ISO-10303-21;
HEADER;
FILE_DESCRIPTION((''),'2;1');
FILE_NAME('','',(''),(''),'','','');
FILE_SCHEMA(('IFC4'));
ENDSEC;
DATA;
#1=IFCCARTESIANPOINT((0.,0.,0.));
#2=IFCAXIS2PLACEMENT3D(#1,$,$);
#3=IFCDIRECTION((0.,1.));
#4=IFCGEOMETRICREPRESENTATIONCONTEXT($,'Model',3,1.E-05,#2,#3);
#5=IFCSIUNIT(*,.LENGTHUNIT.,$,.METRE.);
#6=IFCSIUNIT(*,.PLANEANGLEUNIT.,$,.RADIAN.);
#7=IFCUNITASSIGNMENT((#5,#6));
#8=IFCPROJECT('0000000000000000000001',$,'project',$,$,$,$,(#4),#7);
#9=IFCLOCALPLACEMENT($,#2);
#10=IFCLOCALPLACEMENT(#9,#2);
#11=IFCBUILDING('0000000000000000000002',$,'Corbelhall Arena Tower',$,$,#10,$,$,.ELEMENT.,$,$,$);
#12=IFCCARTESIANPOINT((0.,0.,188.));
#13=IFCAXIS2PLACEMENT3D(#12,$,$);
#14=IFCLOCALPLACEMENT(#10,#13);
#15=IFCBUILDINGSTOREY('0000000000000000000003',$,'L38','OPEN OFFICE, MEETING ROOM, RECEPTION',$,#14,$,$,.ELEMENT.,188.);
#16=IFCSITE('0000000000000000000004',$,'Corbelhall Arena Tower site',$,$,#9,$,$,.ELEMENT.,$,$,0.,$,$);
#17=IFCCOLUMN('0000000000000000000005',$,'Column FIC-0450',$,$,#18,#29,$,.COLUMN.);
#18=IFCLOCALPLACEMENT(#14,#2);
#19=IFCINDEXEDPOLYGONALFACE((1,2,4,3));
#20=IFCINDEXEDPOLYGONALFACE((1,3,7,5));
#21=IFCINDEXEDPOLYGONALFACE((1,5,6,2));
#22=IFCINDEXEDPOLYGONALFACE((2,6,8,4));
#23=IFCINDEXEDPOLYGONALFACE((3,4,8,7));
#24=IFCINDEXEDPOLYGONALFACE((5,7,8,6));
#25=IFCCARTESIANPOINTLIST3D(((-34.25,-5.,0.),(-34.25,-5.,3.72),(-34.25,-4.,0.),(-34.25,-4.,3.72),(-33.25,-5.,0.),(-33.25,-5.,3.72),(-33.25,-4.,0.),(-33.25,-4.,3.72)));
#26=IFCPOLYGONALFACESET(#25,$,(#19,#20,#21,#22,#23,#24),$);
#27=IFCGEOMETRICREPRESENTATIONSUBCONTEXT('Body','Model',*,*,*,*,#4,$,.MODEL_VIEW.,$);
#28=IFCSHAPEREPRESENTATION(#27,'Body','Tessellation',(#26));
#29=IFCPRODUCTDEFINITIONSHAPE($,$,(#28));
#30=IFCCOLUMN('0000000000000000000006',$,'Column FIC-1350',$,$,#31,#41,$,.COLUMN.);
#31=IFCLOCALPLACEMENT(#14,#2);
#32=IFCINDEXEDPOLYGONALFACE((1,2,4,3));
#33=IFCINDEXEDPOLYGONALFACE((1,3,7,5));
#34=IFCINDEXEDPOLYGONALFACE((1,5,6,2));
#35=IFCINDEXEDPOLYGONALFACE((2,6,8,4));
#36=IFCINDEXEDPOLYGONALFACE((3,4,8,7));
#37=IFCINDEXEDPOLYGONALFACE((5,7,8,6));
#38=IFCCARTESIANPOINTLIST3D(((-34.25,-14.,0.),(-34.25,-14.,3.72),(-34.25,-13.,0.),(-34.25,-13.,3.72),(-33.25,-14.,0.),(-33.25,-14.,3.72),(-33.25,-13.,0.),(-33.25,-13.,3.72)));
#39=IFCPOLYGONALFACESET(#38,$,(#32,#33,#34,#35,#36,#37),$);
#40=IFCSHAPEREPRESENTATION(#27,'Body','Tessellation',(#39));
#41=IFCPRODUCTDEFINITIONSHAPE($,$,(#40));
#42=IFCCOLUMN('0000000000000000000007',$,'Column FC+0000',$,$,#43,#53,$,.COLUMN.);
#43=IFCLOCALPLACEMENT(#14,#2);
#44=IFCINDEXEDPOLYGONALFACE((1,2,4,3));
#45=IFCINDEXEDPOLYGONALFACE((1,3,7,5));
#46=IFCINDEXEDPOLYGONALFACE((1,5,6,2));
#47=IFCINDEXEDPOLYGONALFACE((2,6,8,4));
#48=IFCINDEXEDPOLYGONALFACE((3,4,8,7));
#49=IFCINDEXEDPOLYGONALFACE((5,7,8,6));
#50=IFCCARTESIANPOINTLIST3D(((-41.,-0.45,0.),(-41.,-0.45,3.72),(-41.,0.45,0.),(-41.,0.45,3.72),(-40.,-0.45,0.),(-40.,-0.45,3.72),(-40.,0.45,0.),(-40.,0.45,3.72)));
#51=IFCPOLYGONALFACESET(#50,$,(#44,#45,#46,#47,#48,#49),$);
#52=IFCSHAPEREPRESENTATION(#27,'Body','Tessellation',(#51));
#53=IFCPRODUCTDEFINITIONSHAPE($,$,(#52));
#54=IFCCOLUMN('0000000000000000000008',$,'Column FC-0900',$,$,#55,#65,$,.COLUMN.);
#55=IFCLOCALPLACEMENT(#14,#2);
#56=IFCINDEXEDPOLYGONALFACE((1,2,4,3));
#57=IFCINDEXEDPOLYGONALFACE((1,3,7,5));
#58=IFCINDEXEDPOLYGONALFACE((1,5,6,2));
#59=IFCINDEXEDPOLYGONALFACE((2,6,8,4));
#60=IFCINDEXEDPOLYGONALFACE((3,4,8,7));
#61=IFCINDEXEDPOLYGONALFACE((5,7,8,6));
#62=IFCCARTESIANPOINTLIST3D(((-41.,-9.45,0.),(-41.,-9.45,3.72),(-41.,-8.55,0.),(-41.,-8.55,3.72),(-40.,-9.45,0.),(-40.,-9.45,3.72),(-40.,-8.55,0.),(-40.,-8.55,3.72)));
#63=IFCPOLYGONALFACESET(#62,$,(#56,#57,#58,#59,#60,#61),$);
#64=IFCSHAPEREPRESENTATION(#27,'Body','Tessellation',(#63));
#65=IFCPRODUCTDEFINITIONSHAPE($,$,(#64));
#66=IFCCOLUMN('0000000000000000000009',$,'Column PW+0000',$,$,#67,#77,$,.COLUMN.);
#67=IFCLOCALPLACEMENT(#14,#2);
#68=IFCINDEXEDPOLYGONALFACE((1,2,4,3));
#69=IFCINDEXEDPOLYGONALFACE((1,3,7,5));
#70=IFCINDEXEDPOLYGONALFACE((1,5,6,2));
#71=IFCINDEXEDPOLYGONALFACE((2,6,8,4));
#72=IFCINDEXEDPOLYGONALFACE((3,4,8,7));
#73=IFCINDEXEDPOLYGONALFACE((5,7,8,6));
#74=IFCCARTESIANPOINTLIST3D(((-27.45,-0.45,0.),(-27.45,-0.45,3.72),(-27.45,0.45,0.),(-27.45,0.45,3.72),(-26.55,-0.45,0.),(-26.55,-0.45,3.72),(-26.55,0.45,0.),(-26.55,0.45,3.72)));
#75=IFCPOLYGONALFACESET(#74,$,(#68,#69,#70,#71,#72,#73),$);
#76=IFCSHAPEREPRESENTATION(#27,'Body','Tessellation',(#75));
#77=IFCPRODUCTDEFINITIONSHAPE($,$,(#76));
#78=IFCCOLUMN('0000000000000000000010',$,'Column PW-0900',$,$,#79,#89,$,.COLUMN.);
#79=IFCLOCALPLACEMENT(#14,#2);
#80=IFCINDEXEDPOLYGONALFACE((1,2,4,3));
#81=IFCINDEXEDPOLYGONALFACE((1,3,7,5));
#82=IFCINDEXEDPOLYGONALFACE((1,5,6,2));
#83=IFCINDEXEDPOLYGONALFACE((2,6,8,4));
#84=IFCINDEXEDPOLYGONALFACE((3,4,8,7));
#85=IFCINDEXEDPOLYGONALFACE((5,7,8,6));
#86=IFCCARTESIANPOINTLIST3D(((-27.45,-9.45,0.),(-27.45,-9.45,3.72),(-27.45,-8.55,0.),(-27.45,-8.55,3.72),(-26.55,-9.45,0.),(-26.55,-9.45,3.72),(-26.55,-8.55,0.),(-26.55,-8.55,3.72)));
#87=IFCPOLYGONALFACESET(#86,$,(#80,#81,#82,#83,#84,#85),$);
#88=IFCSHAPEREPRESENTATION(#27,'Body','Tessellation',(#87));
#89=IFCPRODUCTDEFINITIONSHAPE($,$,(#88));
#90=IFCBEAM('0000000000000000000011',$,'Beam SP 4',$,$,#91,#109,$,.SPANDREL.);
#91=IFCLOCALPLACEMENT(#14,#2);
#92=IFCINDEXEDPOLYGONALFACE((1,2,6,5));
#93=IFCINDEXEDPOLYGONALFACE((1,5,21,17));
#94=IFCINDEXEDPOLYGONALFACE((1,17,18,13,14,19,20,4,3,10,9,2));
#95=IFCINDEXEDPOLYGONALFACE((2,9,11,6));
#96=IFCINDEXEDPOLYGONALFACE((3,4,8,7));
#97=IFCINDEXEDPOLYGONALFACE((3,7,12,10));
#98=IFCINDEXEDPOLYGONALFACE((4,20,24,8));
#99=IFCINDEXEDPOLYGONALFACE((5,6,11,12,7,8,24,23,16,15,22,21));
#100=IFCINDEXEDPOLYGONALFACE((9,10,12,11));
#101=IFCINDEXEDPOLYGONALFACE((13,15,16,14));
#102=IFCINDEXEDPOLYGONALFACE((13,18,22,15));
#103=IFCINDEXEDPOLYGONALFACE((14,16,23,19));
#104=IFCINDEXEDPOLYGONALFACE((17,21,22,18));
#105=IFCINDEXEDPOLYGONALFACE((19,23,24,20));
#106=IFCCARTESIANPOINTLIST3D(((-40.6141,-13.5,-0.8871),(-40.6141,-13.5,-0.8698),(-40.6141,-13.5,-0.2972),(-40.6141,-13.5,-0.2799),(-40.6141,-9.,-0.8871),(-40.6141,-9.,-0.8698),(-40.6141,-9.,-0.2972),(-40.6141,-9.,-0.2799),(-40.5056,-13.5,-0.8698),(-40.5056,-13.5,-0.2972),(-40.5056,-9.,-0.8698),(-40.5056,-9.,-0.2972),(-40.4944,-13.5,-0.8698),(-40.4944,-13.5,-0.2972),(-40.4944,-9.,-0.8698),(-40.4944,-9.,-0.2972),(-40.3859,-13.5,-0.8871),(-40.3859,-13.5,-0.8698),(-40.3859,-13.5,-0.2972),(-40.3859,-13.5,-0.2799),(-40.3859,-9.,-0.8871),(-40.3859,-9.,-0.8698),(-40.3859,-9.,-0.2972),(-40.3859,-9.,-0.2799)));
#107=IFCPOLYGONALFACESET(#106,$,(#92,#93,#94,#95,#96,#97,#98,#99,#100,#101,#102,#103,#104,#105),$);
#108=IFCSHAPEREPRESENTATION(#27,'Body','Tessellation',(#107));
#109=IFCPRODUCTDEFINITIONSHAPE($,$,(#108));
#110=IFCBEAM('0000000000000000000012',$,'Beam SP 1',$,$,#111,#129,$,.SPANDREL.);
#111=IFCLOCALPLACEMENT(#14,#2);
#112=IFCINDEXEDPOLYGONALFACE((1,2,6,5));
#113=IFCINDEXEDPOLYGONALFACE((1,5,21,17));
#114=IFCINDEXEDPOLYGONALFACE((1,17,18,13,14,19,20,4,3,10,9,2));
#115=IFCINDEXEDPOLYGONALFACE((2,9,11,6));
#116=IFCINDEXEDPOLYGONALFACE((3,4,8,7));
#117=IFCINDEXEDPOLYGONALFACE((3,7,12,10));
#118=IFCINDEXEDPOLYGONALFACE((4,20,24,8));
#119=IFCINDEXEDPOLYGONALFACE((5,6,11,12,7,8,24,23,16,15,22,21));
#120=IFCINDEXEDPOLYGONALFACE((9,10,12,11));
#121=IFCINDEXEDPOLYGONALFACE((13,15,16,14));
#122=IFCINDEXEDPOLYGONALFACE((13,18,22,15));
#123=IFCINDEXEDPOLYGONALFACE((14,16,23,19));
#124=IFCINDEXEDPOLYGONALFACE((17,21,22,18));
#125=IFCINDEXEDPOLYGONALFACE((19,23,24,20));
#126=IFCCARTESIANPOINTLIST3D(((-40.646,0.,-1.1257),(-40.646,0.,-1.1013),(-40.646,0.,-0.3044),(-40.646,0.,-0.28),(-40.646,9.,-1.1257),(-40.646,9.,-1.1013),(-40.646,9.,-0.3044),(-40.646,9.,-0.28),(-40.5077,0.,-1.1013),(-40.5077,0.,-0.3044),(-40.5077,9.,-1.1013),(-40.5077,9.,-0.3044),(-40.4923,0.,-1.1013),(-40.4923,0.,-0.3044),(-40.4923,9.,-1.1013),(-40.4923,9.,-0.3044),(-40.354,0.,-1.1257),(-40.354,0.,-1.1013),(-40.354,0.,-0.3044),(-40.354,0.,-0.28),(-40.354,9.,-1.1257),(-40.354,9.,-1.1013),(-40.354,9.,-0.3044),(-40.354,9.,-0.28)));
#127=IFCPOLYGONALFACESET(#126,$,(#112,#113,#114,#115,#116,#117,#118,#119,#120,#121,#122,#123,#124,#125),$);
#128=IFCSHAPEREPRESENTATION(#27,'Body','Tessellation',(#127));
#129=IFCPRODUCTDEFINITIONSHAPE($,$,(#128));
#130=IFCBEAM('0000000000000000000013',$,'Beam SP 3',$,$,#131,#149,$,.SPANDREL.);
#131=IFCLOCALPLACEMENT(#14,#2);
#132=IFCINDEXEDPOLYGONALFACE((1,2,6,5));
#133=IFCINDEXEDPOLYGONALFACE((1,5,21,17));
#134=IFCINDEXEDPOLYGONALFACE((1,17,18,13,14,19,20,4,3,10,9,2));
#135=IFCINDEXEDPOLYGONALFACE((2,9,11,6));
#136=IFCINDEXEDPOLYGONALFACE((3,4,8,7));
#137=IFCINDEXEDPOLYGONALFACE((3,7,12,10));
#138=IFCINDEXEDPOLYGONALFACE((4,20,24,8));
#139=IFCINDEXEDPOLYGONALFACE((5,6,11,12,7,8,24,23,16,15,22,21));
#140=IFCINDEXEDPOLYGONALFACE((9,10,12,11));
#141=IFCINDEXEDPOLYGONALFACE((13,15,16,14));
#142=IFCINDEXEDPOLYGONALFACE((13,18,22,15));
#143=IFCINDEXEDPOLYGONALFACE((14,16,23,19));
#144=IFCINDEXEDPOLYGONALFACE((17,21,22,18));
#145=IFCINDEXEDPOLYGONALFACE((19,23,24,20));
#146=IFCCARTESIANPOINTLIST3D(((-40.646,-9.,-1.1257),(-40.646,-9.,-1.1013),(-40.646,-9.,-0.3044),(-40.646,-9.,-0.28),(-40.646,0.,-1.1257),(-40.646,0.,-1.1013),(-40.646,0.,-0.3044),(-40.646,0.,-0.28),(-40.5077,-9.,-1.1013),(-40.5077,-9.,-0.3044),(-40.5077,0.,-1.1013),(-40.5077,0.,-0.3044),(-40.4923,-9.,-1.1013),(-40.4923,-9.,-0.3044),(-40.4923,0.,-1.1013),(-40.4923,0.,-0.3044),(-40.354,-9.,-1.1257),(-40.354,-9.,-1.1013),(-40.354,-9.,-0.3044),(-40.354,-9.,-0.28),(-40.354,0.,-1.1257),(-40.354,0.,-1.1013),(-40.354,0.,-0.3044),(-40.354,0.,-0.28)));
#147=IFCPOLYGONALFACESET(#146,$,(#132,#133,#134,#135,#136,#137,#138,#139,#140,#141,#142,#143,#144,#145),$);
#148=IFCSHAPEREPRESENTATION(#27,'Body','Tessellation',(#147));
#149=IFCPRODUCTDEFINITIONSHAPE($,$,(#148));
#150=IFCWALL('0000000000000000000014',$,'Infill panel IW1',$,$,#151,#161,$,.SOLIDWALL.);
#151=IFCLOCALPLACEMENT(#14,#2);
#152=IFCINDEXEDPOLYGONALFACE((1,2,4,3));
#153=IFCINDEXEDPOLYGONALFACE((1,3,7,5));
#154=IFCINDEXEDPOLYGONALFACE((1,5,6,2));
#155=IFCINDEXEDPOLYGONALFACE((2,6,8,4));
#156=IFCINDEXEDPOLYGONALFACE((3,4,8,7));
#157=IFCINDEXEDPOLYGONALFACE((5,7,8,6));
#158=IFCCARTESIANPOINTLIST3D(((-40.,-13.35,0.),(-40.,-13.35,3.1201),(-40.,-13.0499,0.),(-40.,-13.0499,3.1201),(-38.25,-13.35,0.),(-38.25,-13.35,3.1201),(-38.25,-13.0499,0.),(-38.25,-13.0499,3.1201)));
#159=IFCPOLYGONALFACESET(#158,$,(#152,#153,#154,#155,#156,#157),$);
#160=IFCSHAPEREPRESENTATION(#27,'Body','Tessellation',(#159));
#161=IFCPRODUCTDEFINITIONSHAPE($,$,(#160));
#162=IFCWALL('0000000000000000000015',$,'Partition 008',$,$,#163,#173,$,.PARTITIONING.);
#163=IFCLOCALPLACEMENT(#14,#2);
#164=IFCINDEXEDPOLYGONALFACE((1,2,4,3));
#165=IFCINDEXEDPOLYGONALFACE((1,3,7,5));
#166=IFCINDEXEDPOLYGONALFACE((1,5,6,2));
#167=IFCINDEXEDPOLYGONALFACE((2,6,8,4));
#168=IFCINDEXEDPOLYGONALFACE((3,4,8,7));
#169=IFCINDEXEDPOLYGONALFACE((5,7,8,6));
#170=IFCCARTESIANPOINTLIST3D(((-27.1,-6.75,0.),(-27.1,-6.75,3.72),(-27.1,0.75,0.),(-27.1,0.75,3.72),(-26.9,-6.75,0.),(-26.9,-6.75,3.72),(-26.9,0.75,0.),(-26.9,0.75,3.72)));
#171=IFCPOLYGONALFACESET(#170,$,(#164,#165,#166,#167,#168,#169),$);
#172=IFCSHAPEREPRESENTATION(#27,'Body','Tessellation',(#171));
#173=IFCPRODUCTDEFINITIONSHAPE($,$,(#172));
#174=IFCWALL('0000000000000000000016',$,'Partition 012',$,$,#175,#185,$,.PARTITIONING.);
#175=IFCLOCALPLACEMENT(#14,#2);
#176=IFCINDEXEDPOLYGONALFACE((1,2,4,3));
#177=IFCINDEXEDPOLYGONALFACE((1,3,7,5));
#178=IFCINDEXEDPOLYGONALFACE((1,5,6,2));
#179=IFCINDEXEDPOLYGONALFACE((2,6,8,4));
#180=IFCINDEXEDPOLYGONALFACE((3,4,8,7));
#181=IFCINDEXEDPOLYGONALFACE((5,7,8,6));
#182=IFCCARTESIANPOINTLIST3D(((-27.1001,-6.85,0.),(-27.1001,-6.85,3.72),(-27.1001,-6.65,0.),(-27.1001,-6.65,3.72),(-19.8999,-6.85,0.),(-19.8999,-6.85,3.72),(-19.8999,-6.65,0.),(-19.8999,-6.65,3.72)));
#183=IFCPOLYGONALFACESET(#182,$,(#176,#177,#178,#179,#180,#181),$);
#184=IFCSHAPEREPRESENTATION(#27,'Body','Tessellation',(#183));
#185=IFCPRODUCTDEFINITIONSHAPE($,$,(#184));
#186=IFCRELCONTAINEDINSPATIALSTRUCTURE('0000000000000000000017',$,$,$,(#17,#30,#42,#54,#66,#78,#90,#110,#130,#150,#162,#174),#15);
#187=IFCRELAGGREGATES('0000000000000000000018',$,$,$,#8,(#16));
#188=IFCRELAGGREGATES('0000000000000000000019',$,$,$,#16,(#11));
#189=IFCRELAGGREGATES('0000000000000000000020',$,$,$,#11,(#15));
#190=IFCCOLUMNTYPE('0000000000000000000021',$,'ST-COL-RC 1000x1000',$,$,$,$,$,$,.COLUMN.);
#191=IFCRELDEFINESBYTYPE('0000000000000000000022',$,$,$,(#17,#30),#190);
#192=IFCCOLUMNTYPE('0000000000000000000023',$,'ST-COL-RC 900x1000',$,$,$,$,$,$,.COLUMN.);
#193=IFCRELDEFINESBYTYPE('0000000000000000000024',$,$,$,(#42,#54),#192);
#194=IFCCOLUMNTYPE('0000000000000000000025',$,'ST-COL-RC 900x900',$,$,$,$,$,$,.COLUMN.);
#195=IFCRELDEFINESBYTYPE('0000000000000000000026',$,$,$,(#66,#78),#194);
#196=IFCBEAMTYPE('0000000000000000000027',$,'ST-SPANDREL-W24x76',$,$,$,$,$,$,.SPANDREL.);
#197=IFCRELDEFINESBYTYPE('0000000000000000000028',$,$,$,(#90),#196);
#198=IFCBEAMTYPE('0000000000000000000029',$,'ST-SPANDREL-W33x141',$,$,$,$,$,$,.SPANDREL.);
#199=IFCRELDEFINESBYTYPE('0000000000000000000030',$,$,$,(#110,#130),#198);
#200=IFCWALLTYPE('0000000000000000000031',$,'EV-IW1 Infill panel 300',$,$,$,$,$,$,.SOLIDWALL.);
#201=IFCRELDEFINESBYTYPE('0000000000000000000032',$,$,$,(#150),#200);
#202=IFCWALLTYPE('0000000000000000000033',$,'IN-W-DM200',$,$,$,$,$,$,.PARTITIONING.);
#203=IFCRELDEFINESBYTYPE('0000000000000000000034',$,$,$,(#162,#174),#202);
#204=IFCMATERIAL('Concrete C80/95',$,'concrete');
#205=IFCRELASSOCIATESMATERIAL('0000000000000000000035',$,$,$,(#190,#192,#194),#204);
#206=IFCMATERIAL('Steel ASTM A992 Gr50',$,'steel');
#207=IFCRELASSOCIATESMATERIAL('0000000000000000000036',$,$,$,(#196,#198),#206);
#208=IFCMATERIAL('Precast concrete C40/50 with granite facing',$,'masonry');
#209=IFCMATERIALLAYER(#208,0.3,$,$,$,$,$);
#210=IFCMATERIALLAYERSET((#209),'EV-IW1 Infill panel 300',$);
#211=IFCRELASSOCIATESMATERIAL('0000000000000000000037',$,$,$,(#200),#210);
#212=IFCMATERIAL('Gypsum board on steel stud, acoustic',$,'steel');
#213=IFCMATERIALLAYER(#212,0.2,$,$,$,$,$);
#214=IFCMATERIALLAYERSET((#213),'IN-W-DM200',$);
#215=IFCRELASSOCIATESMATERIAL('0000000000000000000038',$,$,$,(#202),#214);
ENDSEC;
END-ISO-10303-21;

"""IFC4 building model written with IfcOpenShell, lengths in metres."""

from ifc_helpers import new_model, si_unit, direction, frame, frame_2d, origin, origin_2d, place, context, subcontext, project, spatial, rectangle, i_section, extrude, material, layer, layer_set, material_profile, profile_set, type_object, element, save


model = new_model("IFC4")

# Units and contexts
model_context = context("Model", 3, precision=1e-05, world=origin(), true_north=direction((0.0, 1.0)))
body_context = subcontext(model_context, "Body", "Model", "MODEL_VIEW")
ifc_project = project(units=[si_unit("LENGTHUNIT", "METRE"), si_unit("PLANEANGLEUNIT", "RADIAN")], contexts=[model_context])

# Site, building, storey
site_placement = place(None, origin())
site = spatial("IfcSite", under=ifc_project, at=site_placement, Name="Corbelhall Arena Tower site", CompositionType="ELEMENT", RefElevation=0.0)
building_placement = place(site_placement, origin())
building = spatial("IfcBuilding", under=site, at=building_placement, Name="Corbelhall Arena Tower", CompositionType="ELEMENT")
storey_placement = place(building_placement, frame((0.0, 0.0, 188.0)))
storey = spatial("IfcBuildingStorey", under=building, at=storey_placement, Name="L38", Description="OPEN OFFICE, MEETING ROOM, RECEPTION", CompositionType="ELEMENT", Elevation=188.0)

# Columns
ifc_material_1 = material(Name="Concrete C80/95", Category="concrete")
ifc_material_profile_1 = material_profile(ifc_material_1, rectangle(XDim=1.0, YDim=1.0, at=origin_2d()))
ifc_profile_set_1 = profile_set([ifc_material_profile_1], Name="Concrete C80/95")
column_type_1 = type_object("IfcColumnType", Name="ST-COL-RC 1000x1000", PredefinedType="COLUMN", material=ifc_profile_set_1)
for number, where, z_axis, x_axis, name in (
    (1, (-33.75, -4.5, 0.0), (0.0, 0.0, 1.0), (1.0, 0.0, 0.0), "Column FIC-0450"),
    (2, (-33.75, -13.5, 0.0), (0.0, 0.0, 1.0), (1.0, 0.0, 0.0), "Column FIC-1350"),
):
    element("IfcColumn", number, at=place(storey_placement, frame(where, z_axis=z_axis, x_axis=x_axis)), inside=storey, type_object=column_type_1, Name=name, PredefinedType="COLUMN", context=body_context, shape_type="SweptSolid", body=[
        extrude(rectangle(XDim=1.0, YDim=1.0, at=origin_2d()), origin(), (0.0, 0.0, 1.0), 3.72),
    ])
ifc_material_profile_2 = material_profile(ifc_material_1, rectangle(XDim=0.8999, YDim=1.0, at=origin_2d()))
ifc_profile_set_2 = profile_set([ifc_material_profile_2], Name="Concrete C80/95")
column_type_2 = type_object("IfcColumnType", Name="ST-COL-RC 900x1000", PredefinedType="COLUMN", material=ifc_profile_set_2)
for number, where, z_axis, x_axis, name in (
    (3, (-40.5, 0.0, 0.0), (0.0, 0.0, 1.0), (0.0, 1.0, 0.0), "Column FC+0000"),
    (4, (-40.5, -9.0, 0.0), (0.0, 0.0, 1.0), (0.0, 1.0, 0.0), "Column FC-0900"),
):
    element("IfcColumn", number, at=place(storey_placement, frame(where, z_axis=z_axis, x_axis=x_axis)), inside=storey, type_object=column_type_2, Name=name, PredefinedType="COLUMN", context=body_context, shape_type="SweptSolid", body=[
        extrude(rectangle(XDim=0.8999, YDim=1.0, at=origin_2d()), origin(), (0.0, 0.0, 1.0), 3.72),
    ])
ifc_material_profile_3 = material_profile(ifc_material_1, rectangle(XDim=0.8999, YDim=0.8999, at=origin_2d()))
ifc_profile_set_3 = profile_set([ifc_material_profile_3], Name="Concrete C80/95")
column_type_3 = type_object("IfcColumnType", Name="ST-COL-RC 900x900", PredefinedType="COLUMN", material=ifc_profile_set_3)
for number, where, z_axis, x_axis, name in (
    (5, (-27.0, 0.0, 0.0), (0.0, 0.0, 1.0), (1.0, 0.0, 0.0), "Column PW+0000"),
    (6, (-27.0, -9.0, 0.0), (0.0, 0.0, 1.0), (1.0, 0.0, 0.0), "Column PW-0900"),
):
    element("IfcColumn", number, at=place(storey_placement, frame(where, z_axis=z_axis, x_axis=x_axis)), inside=storey, type_object=column_type_3, Name=name, PredefinedType="COLUMN", context=body_context, shape_type="SweptSolid", body=[
        extrude(rectangle(XDim=0.8999, YDim=0.8999, at=origin_2d()), origin(), (0.0, 0.0, 1.0), 3.72),
    ])

# Beams
ifc_material_2 = material(Name="Steel ASTM A992 Gr50", Category="steel")
ifc_material_profile_4 = material_profile(ifc_material_2, i_section(OverallWidth=0.2283, OverallDepth=0.6072, WebThickness=0.0112, FlangeThickness=0.0173, at=origin_2d()))
ifc_profile_set_4 = profile_set([ifc_material_profile_4], Name="Steel ASTM A992 Gr50")
beam_type_1 = type_object("IfcBeamType", Name="ST-SPANDREL-W24x76", PredefinedType="SPANDREL", material=ifc_profile_set_4)
beam_placement = place(storey_placement, frame((-40.5, -13.5, -0.5835), z_axis=(0.0, 1.0, 0.0), x_axis=(-1.0, 0.0, 0.0)))
element("IfcBeam", 7, at=beam_placement, inside=storey, type_object=beam_type_1, Name="Beam SP 4", PredefinedType="SPANDREL", context=body_context, shape_type="SweptSolid", body=[
    extrude(i_section(OverallWidth=0.2283, OverallDepth=0.6072, WebThickness=0.0112, FlangeThickness=0.0173, at=origin_2d()), origin(), (0.0, 0.0, 1.0), 4.5),
])
ifc_material_profile_5 = material_profile(ifc_material_2, i_section(OverallWidth=0.292, OverallDepth=0.8457, WebThickness=0.0154, FlangeThickness=0.0244, at=origin_2d()))
ifc_profile_set_5 = profile_set([ifc_material_profile_5], Name="Steel ASTM A992 Gr50")
beam_type_2 = type_object("IfcBeamType", Name="ST-SPANDREL-W33x141", PredefinedType="SPANDREL", material=ifc_profile_set_5)
for number, where, z_axis, x_axis, name in (
    (8, (-40.5, 0.0, -0.7029), (0.0, 1.0, 0.0), (-1.0, 0.0, 0.0), "Beam SP 1"),
    (9, (-40.5, -9.0, -0.7029), (0.0, 1.0, 0.0), (-1.0, 0.0, 0.0), "Beam SP 3"),
):
    element("IfcBeam", number, at=place(storey_placement, frame(where, z_axis=z_axis, x_axis=x_axis)), inside=storey, type_object=beam_type_2, Name=name, PredefinedType="SPANDREL", context=body_context, shape_type="SweptSolid", body=[
        extrude(i_section(OverallWidth=0.292, OverallDepth=0.8457, WebThickness=0.0154, FlangeThickness=0.0244, at=origin_2d()), origin(), (0.0, 0.0, 1.0), 9.0),
    ])

# Wall
ifc_material_3 = material(Name="Precast concrete C40/50 with granite facing", Category="masonry")
ifc_layer_1 = layer(ifc_material_3, 0.3)
ifc_layer_set_1 = layer_set([ifc_layer_1], Name="EV-IW1 Infill panel 300")
wall_type_1 = type_object("IfcWallType", Name="EV-IW1 Infill panel 300", PredefinedType="SOLIDWALL", material=ifc_layer_set_1)
wall_1_placement = place(storey_placement, frame((-40.0, -13.2, 0.0), z_axis=(0.0, 0.0, 1.0), x_axis=(1.0, 0.0, 0.0)))
element("IfcWall", 10, at=wall_1_placement, inside=storey, type_object=wall_type_1, Name="Infill panel IW1", PredefinedType="SOLIDWALL", context=body_context, shape_type="SweptSolid", body=[
    extrude(rectangle(XDim=1.75, YDim=0.3, at=frame_2d((0.875, 0.0))), origin(), (0.0, 0.0, 1.0), 3.1201),
])

# Shared definitions
ifc_material_4 = material(Name="Gypsum board on steel stud, acoustic", Category="steel")
ifc_layer_2 = layer(ifc_material_4, 0.2)
ifc_layer_set_2 = layer_set([ifc_layer_2], Name="IN-W-DM200")
wall_type_2 = type_object("IfcWallType", Name="IN-W-DM200", PredefinedType="PARTITIONING", material=ifc_layer_set_2)

# Walls
wall_2_placement = place(storey_placement, frame((-27.0, -6.75, 0.0), z_axis=(0.0, 0.0, 1.0), x_axis=(0.0, 1.0, 0.0)))
element("IfcWall", 11, at=wall_2_placement, inside=storey, type_object=wall_type_2, Name="Partition 008", PredefinedType="PARTITIONING", context=body_context, shape_type="SweptSolid", body=[
    extrude(rectangle(XDim=7.5, YDim=0.2, at=frame_2d((3.75, 0.0))), origin(), (0.0, 0.0, 1.0), 3.72),
])
wall_3_placement = place(storey_placement, frame((-27.1001, -6.75, 0.0), z_axis=(0.0, 0.0, 1.0), x_axis=(1.0, 0.0, 0.0)))
element("IfcWall", 12, at=wall_3_placement, inside=storey, type_object=wall_type_2, Name="Partition 012", PredefinedType="PARTITIONING", context=body_context, shape_type="SweptSolid", body=[
    extrude(rectangle(XDim=7.2002, YDim=0.2, at=frame_2d((3.6001, 0.0))), origin(), (0.0, 0.0, 1.0), 3.72),
])

save(model, "model.ifc")
